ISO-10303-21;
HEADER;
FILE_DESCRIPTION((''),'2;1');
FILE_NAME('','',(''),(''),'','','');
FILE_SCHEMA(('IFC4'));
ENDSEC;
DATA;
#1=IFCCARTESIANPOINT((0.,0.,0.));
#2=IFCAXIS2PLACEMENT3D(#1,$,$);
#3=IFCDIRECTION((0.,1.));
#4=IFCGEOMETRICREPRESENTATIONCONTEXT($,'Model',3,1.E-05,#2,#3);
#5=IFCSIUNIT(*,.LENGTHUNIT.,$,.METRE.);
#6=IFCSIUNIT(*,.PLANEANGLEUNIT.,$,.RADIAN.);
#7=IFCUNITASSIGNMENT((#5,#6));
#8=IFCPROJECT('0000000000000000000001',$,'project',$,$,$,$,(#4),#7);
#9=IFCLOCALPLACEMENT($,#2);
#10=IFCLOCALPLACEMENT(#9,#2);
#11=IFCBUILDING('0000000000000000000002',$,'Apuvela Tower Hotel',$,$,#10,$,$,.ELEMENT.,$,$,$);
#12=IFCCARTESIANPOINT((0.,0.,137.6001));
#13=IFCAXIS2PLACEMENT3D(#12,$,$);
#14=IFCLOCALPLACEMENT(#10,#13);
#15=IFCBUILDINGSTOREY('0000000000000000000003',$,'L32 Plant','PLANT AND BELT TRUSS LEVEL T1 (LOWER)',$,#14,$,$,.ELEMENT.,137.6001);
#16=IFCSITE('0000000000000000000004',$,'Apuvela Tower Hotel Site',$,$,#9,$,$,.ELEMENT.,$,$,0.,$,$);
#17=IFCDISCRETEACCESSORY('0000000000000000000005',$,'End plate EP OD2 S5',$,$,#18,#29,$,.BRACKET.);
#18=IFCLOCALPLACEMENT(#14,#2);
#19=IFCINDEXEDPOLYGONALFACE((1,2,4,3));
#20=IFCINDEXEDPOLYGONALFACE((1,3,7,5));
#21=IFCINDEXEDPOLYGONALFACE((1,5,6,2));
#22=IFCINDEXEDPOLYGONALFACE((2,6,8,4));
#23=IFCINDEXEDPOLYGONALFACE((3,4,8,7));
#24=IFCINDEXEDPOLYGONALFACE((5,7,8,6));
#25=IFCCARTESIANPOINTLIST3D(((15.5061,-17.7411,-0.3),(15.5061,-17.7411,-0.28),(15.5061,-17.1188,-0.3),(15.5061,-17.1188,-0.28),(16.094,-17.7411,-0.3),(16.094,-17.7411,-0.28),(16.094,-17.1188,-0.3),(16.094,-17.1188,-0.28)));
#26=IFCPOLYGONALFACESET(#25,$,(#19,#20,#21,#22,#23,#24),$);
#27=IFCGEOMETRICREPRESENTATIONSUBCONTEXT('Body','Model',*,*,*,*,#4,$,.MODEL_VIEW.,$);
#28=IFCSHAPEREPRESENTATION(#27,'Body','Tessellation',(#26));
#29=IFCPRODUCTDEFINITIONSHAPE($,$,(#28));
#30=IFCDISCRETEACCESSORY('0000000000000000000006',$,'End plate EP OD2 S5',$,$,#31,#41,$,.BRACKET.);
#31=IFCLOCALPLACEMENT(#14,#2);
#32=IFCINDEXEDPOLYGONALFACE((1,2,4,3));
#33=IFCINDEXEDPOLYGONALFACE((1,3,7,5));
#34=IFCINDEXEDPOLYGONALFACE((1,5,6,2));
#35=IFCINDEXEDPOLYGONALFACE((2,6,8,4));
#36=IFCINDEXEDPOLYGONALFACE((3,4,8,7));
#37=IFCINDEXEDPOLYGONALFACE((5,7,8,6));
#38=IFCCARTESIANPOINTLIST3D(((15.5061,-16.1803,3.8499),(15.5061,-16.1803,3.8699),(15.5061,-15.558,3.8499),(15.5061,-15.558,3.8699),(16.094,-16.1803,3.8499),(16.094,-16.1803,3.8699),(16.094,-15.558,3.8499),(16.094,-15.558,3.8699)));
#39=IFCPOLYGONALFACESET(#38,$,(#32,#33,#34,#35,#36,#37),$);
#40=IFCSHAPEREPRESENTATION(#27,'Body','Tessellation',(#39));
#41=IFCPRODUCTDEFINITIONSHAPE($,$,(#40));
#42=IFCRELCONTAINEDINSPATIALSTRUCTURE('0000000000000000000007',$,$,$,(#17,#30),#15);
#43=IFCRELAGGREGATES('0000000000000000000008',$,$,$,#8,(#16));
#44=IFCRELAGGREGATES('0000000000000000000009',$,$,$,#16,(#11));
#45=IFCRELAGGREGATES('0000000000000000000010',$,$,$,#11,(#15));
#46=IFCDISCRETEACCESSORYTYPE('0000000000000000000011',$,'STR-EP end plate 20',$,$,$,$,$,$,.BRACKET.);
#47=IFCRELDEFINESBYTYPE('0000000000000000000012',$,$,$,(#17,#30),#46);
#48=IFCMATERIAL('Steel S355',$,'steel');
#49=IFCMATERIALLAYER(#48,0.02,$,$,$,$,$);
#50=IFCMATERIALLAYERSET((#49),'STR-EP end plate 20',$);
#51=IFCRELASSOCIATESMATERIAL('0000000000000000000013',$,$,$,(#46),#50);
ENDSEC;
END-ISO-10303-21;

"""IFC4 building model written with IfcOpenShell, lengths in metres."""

from ifc_helpers import new_model, si_unit, direction, frame, origin, origin_2d, place, context, subcontext, project, spatial, rectangle, extrude, material, layer, layer_set, type_object, element, save


model = new_model("IFC4")

# Units and contexts
model_context = context("Model", 3, precision=1e-05, world=origin(), true_north=direction((0.0, 1.0)))
body_context = subcontext(model_context, "Body", "Model", "MODEL_VIEW")
ifc_project = project(units=[si_unit("LENGTHUNIT", "METRE"), si_unit("PLANEANGLEUNIT", "RADIAN")], contexts=[model_context])

# Site, building, storey
site_placement = place(None, origin())
site = spatial("IfcSite", under=ifc_project, at=site_placement, Name="Apuvela Tower Hotel Site", CompositionType="ELEMENT", RefElevation=0.0)
building_placement = place(site_placement, origin())
building = spatial("IfcBuilding", under=site, at=building_placement, Name="Apuvela Tower Hotel", CompositionType="ELEMENT")
storey_placement = place(building_placement, frame((0.0, 0.0, 137.6001)))
storey = spatial("IfcBuildingStorey", under=building, at=storey_placement, Name="L32 Plant", Description="PLANT AND BELT TRUSS LEVEL T1 (LOWER)", CompositionType="ELEMENT", Elevation=137.6001)

# Shared definitions
ifc_material_1 = material(Name="Steel S355", Category="steel")

# Discrete accessories
ifc_layer_1 = layer(ifc_material_1, 0.02)
ifc_layer_set_1 = layer_set([ifc_layer_1], Name="STR-EP end plate 20")
discrete_accessory_type_1 = type_object("IfcDiscreteAccessoryType", Name="STR-EP end plate 20", PredefinedType="BRACKET", material=ifc_layer_set_1)
for number, where, z_axis, x_axis, name in (
    (1, (15.8, -17.4299, -0.3), (0.0, 0.0, 1.0), (0.0, 1.0, 0.0), "End plate EP OD2 S5"),
    (2, (15.8, -15.8691, 3.8499), (0.0, 0.0, 1.0), (0.0, 1.0, 0.0), "End plate EP OD2 S5"),
):
    element("IfcDiscreteAccessory", number, at=place(storey_placement, frame(where, z_axis=z_axis, x_axis=x_axis)), inside=storey, type_object=discrete_accessory_type_1, Name=name, PredefinedType="BRACKET", context=body_context, shape_type="SweptSolid", body=[
        extrude(rectangle(XDim=0.6223, YDim=0.5879, at=origin_2d()), origin(), (0.0, 0.0, 1.0), 0.02),
    ])

save(model, "model.ifc")
